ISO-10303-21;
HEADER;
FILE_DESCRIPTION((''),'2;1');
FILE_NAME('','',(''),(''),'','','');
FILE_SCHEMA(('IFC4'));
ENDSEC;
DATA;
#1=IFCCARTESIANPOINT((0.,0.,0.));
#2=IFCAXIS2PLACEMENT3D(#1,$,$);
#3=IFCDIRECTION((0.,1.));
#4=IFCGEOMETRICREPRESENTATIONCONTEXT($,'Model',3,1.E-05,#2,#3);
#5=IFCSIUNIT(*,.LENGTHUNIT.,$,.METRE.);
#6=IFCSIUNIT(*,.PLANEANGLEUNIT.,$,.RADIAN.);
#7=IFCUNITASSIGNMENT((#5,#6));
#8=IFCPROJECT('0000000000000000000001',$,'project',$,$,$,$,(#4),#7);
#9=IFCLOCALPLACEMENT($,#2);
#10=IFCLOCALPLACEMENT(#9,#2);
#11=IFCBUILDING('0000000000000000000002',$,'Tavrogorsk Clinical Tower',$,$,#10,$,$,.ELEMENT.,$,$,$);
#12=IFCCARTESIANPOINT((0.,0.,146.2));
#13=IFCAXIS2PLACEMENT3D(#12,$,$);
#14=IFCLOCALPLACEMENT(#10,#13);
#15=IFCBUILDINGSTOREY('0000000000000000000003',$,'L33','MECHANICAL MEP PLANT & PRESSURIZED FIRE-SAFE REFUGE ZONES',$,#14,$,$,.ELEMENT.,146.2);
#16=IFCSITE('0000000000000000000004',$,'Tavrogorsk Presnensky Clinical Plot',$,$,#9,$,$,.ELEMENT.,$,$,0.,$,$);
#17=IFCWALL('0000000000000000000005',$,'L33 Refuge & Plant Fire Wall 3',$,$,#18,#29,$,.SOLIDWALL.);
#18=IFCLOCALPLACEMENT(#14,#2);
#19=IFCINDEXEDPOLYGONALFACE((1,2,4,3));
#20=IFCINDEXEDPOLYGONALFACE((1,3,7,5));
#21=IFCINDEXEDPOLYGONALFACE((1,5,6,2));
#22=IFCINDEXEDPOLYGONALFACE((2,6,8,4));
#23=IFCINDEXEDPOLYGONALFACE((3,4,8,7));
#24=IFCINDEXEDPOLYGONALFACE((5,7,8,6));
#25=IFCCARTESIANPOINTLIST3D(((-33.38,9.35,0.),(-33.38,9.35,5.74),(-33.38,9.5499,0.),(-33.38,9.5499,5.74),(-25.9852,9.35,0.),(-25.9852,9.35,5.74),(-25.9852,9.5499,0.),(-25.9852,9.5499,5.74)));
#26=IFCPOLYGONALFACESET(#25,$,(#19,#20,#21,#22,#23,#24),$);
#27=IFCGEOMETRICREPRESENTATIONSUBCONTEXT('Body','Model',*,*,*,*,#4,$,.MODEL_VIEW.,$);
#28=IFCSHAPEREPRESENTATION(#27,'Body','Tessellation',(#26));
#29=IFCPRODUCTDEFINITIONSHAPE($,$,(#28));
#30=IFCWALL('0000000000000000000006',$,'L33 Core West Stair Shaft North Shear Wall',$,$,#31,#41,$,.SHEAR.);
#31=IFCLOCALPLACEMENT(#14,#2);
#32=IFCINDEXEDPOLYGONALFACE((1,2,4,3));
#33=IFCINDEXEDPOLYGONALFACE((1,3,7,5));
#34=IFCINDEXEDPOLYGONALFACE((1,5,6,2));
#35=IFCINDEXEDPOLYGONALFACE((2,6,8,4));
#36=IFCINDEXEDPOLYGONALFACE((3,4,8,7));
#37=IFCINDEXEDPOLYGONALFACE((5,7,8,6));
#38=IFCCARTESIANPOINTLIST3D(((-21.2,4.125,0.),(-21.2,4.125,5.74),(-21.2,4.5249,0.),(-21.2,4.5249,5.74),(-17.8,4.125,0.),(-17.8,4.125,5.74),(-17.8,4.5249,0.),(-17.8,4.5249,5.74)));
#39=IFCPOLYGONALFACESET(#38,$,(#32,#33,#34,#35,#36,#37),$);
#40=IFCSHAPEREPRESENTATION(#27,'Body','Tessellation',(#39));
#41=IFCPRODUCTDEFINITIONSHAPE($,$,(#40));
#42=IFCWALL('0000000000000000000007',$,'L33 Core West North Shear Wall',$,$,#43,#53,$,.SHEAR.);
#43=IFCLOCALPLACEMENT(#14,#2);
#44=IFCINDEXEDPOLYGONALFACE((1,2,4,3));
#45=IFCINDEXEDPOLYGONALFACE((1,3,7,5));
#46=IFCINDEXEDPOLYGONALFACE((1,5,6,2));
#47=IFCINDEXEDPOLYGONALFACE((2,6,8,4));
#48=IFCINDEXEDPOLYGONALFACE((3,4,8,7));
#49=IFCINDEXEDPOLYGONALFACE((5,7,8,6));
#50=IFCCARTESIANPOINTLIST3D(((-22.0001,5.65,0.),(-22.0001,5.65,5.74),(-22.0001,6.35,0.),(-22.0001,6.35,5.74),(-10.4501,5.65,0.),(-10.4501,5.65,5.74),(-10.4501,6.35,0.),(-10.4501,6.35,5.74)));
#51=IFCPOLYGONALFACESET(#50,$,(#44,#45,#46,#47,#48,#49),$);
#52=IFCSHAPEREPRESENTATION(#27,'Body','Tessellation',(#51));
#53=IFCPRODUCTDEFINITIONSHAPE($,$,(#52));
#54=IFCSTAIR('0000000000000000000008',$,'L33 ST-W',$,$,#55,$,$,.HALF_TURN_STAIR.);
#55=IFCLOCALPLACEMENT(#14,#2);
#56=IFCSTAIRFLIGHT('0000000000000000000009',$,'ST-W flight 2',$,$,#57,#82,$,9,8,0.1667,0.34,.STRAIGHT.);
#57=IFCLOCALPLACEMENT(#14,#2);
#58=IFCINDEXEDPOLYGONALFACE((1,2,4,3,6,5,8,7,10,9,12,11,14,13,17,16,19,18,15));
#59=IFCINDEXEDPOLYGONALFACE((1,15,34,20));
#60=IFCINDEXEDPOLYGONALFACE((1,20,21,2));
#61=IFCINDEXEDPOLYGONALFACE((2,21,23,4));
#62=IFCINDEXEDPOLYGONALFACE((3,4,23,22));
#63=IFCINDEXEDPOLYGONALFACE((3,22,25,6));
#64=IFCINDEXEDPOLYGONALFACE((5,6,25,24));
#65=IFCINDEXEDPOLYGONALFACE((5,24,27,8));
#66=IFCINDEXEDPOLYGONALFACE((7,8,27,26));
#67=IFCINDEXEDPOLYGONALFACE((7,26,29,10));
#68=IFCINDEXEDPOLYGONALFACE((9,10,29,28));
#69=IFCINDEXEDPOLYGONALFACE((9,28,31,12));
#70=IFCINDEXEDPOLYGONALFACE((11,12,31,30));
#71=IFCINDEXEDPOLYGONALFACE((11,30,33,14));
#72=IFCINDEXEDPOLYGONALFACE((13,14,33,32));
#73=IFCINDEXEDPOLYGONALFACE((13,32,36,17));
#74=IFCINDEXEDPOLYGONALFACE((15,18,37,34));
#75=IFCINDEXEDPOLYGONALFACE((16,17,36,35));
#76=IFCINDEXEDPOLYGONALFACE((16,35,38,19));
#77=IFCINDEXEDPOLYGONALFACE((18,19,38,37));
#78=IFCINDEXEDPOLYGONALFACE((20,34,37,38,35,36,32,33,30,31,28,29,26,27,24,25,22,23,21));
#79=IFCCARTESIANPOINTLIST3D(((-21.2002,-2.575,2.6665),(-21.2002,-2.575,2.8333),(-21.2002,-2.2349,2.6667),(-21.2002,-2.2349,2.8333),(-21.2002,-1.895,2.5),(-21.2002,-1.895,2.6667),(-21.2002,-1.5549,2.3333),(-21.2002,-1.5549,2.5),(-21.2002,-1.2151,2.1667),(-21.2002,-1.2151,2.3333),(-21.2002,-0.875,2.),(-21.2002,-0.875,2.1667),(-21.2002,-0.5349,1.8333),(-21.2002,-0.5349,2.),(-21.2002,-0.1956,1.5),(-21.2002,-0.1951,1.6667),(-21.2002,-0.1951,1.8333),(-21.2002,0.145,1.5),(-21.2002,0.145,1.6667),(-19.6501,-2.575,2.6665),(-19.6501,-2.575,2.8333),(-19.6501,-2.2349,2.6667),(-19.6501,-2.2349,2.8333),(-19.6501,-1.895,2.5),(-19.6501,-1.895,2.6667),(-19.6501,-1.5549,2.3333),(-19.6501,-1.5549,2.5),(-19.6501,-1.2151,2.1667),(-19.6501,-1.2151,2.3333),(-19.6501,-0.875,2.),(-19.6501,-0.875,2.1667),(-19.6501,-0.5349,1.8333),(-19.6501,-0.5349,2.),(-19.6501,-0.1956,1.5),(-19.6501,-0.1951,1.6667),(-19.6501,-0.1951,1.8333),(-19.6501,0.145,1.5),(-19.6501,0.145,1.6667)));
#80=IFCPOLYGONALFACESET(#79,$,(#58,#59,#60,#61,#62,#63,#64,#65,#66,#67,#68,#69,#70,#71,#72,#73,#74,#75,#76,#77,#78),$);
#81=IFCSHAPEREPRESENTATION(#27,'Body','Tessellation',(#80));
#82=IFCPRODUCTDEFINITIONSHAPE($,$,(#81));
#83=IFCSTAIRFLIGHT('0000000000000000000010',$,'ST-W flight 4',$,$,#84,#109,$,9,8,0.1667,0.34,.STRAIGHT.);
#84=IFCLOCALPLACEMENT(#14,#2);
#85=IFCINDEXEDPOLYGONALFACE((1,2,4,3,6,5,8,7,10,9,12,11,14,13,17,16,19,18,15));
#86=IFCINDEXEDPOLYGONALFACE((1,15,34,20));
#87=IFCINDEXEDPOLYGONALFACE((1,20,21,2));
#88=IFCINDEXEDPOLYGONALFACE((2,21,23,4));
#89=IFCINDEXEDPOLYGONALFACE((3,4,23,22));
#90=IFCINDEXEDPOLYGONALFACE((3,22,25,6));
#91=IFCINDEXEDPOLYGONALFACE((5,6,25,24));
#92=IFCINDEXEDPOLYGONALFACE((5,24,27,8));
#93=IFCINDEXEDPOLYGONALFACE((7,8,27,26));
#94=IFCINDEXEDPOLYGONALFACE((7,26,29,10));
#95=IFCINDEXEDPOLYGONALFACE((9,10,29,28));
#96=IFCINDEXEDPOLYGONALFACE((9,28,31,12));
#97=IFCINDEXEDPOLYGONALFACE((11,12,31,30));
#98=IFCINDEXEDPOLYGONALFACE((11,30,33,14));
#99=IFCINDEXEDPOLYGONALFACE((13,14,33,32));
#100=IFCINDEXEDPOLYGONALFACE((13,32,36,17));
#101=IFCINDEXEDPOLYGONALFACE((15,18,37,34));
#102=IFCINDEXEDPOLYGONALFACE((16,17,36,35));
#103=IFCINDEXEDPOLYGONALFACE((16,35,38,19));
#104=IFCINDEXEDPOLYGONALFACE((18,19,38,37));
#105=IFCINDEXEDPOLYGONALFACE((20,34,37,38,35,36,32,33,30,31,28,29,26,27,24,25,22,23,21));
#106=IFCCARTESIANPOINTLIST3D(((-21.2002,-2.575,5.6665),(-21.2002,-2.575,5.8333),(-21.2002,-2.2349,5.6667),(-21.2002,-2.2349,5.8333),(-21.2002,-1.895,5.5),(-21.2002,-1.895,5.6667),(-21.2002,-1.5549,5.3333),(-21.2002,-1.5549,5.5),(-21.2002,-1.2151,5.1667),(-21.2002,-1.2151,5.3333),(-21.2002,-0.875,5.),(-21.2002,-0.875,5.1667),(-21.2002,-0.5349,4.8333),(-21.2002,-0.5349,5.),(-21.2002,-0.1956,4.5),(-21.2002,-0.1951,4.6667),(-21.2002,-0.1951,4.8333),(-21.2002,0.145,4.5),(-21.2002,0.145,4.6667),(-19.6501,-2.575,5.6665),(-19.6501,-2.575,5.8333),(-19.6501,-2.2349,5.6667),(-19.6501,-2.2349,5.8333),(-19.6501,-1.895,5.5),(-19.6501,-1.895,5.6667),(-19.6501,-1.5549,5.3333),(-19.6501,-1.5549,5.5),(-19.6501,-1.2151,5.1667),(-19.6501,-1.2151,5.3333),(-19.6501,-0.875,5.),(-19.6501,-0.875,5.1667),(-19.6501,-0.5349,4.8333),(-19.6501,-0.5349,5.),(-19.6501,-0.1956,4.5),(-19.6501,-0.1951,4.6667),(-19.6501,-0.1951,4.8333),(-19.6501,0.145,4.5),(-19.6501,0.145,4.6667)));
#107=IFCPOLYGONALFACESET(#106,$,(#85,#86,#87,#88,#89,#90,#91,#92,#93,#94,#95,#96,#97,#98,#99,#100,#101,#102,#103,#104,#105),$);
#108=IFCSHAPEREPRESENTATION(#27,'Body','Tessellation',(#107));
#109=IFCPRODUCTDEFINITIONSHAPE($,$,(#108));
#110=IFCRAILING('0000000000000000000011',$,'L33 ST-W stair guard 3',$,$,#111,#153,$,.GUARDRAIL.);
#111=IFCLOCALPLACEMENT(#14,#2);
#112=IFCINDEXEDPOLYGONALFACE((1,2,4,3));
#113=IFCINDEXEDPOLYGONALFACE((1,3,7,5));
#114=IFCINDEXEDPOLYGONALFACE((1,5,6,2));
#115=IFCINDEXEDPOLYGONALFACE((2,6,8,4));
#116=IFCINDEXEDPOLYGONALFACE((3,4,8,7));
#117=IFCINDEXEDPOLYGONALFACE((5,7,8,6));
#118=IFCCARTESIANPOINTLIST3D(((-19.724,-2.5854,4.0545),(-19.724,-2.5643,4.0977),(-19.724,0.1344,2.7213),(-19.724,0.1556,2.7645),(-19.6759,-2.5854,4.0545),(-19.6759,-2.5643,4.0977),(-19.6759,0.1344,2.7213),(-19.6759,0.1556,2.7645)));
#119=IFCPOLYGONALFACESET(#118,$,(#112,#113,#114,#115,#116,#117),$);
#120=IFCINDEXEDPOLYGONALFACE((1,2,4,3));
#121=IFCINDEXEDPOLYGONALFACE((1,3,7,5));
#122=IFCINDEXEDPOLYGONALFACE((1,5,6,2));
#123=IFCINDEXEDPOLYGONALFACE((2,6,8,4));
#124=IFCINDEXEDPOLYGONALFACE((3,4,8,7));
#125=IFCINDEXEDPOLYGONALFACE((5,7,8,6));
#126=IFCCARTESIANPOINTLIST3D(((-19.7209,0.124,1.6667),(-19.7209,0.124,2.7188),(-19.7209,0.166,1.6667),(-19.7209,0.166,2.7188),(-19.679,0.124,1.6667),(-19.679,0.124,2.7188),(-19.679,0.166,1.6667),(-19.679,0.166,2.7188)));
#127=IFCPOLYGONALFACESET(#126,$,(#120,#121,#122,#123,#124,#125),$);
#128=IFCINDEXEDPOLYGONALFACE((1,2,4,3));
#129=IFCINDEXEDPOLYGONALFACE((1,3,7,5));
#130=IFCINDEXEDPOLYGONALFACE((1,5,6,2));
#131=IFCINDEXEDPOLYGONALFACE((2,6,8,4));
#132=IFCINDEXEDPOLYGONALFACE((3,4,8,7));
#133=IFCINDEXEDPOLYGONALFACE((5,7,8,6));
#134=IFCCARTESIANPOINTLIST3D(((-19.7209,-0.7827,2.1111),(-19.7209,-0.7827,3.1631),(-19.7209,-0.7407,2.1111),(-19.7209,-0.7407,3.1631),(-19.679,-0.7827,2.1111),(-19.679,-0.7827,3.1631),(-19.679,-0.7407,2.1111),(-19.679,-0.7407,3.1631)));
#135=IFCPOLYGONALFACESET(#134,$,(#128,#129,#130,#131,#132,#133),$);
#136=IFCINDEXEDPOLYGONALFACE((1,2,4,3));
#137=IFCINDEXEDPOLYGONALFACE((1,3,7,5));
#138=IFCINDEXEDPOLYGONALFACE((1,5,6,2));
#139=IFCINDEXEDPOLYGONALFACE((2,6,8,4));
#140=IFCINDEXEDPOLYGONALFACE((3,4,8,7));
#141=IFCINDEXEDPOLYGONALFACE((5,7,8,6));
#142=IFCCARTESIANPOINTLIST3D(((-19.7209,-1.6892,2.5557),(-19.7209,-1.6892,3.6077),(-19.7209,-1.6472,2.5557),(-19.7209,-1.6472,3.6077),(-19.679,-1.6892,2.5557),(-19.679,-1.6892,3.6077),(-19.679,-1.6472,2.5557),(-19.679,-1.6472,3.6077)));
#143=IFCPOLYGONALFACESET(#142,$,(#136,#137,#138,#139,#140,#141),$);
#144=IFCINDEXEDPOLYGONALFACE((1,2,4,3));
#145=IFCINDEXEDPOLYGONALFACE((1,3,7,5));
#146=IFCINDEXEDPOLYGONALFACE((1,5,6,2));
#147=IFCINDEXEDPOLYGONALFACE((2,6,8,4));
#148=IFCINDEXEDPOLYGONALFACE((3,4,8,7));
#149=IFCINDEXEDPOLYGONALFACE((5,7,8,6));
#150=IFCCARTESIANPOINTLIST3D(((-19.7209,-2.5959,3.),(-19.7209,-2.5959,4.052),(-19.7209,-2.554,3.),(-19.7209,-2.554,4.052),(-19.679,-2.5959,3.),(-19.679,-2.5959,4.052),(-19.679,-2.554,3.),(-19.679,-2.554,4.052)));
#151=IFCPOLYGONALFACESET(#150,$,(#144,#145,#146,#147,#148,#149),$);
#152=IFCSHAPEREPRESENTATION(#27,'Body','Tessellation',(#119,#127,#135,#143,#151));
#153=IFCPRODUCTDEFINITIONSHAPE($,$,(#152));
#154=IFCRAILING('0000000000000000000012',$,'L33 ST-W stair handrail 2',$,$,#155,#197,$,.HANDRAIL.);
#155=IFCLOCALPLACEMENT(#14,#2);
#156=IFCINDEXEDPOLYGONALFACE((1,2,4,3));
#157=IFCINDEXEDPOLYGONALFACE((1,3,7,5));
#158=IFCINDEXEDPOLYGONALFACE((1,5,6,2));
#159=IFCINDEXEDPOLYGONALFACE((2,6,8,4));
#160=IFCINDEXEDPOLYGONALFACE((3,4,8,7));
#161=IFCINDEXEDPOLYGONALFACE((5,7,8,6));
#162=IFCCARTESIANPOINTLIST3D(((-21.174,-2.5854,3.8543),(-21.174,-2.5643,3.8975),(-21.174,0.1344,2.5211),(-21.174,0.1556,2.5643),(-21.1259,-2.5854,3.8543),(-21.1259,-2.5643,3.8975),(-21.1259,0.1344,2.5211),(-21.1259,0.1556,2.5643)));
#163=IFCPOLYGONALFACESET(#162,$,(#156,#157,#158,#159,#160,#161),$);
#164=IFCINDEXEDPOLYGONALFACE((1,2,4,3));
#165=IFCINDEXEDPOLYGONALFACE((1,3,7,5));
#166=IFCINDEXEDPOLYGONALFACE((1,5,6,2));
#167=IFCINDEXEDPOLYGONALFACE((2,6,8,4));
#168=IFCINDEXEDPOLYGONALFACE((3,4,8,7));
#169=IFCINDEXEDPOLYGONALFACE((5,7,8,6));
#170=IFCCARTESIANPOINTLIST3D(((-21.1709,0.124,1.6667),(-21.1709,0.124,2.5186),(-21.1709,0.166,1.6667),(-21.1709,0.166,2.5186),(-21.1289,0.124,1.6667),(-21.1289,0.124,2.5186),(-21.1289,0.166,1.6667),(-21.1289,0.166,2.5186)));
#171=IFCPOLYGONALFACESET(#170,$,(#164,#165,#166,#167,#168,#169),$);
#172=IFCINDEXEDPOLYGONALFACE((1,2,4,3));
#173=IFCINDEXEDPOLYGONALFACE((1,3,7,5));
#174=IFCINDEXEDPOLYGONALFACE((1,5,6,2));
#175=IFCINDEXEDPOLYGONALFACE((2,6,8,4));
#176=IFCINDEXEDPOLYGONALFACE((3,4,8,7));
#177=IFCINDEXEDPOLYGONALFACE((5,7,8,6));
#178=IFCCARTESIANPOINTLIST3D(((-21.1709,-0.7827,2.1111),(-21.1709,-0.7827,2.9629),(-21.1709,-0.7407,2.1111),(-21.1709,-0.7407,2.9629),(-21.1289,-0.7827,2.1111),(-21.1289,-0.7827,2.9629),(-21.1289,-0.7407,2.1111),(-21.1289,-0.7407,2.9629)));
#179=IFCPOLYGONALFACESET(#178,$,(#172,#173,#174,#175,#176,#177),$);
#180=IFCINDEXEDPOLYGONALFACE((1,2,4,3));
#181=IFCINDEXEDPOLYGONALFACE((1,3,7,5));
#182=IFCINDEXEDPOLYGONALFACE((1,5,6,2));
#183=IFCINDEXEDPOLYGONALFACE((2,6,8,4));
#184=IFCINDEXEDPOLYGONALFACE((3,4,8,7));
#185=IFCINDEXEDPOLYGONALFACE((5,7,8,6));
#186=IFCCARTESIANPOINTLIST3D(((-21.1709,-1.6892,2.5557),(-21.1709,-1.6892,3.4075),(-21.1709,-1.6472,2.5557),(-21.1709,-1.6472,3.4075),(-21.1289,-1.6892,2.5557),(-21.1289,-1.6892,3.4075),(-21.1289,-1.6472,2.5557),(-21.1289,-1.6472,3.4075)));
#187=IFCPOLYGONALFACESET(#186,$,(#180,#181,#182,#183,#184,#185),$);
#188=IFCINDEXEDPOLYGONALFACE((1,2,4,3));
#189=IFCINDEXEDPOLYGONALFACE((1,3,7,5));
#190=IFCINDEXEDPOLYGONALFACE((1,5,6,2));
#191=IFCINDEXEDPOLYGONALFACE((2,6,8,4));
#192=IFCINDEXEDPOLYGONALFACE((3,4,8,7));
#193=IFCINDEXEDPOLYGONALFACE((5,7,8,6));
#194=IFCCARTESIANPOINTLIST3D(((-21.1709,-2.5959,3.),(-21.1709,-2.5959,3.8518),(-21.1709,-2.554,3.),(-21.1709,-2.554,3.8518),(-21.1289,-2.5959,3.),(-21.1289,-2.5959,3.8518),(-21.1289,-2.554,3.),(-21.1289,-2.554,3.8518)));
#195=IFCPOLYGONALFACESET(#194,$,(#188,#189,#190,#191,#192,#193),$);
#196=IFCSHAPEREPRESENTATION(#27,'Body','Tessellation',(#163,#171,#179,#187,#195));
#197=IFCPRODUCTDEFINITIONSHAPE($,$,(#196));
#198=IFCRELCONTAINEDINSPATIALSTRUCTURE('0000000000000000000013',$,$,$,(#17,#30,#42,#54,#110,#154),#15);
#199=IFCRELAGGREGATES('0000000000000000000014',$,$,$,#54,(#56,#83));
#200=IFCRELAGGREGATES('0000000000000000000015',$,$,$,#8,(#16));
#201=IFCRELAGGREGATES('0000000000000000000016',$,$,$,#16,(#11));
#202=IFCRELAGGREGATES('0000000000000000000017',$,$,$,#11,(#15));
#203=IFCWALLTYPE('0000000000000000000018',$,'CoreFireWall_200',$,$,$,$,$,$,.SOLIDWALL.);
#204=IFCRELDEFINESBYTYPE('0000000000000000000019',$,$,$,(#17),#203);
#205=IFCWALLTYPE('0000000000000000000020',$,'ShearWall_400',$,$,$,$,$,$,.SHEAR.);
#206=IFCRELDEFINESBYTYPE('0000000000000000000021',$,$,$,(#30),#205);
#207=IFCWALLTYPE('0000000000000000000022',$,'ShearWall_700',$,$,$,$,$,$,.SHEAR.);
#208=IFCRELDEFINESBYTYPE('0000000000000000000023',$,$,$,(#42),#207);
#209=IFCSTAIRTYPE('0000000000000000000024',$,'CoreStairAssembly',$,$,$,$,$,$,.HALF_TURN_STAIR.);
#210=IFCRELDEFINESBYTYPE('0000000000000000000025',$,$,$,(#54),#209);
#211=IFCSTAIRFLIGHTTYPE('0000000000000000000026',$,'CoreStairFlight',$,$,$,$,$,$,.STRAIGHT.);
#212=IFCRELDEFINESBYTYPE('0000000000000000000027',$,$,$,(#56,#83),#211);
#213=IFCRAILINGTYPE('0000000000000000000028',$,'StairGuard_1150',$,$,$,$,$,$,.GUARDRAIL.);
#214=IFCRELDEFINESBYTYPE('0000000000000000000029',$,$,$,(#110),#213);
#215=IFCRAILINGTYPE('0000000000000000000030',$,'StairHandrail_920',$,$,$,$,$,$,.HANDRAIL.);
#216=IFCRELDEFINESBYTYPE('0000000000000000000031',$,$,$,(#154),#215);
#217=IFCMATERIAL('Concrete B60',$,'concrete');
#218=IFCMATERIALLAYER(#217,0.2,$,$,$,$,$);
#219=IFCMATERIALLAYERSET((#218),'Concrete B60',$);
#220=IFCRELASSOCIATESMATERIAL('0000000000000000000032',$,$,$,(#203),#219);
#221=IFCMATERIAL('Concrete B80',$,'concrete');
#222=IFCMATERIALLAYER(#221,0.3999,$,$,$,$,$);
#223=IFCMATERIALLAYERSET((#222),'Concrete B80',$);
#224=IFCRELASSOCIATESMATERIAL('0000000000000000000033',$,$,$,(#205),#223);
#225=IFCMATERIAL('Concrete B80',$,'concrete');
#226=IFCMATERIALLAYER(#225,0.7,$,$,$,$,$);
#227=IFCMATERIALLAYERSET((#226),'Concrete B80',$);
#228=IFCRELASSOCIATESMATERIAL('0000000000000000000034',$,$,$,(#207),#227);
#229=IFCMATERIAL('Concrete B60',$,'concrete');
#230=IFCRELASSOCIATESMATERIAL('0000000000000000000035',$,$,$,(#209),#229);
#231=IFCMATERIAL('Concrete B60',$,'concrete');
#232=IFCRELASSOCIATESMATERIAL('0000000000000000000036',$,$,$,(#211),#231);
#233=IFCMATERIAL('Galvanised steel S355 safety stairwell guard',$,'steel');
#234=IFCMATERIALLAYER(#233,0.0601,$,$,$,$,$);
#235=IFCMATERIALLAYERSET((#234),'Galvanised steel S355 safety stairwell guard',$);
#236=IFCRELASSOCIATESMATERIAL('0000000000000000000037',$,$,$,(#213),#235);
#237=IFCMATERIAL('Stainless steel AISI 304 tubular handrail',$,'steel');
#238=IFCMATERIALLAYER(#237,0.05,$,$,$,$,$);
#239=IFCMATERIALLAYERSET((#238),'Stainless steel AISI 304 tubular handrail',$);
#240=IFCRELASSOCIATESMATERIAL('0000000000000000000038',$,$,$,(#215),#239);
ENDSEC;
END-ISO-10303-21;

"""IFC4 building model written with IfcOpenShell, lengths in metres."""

from ifc_helpers import new_model, si_unit, direction, frame, frame_2d, origin, origin_2d, place, context, subcontext, project, spatial, polyline, rectangle, outline, extrude, material, layer, layer_set, type_object, element, aggregate, save


model = new_model("IFC4")

# Units and contexts
model_context = context("Model", 3, precision=1e-05, world=origin(), true_north=direction((0.0, 1.0)))
body_context = subcontext(model_context, "Body", "Model", "MODEL_VIEW")
ifc_project = project(units=[si_unit("LENGTHUNIT", "METRE"), si_unit("PLANEANGLEUNIT", "RADIAN")], contexts=[model_context])

# Site, building, storey
site_placement = place(None, origin())
site = spatial("IfcSite", under=ifc_project, at=site_placement, Name="Tavrogorsk Presnensky Clinical Plot", CompositionType="ELEMENT", RefElevation=0.0)
building_placement = place(site_placement, origin())
building = spatial("IfcBuilding", under=site, at=building_placement, Name="Tavrogorsk Clinical Tower", CompositionType="ELEMENT")
storey_placement = place(building_placement, frame((0.0, 0.0, 146.2)))
storey = spatial("IfcBuildingStorey", under=building, at=storey_placement, Name="L33", Description="MECHANICAL MEP PLANT & PRESSURIZED FIRE-SAFE REFUGE ZONES", CompositionType="ELEMENT", Elevation=146.2)

# Shared definitions
ifc_material_1 = material(Name="Concrete B60", Category="concrete")
ifc_layer_1 = layer(ifc_material_1, 0.2)
ifc_layer_set_1 = layer_set([ifc_layer_1], Name="Concrete B60")
wall_type_1 = type_object("IfcWallType", Name="CoreFireWall_200", PredefinedType="SOLIDWALL", material=ifc_layer_set_1)

# Walls
wall_1_placement = place(storey_placement, frame((-33.3799, 9.45, 0.0), z_axis=(0.0, 0.0, 1.0), x_axis=(1.0, 0.0, 0.0)))
element("IfcWall", 1, at=wall_1_placement, inside=storey, type_object=wall_type_1, Name="L33 Refuge & Plant Fire Wall 3", PredefinedType="SOLIDWALL", context=body_context, shape_type="SweptSolid", body=[
    extrude(rectangle(XDim=7.3948, YDim=0.2, at=frame_2d((3.6973, 0.0))), origin(), (0.0, 0.0, 1.0), 5.74),
])
ifc_material_2 = material(Name="Concrete B80", Category="concrete")
ifc_layer_2 = layer(ifc_material_2, 0.3999)
ifc_layer_set_2 = layer_set([ifc_layer_2], Name="Concrete B80")
wall_type_2 = type_object("IfcWallType", Name="ShearWall_400", PredefinedType="SHEAR", material=ifc_layer_set_2)
wall_2_placement = place(storey_placement, frame((-21.2, 4.325, 0.0), z_axis=(0.0, 0.0, 1.0), x_axis=(1.0, 0.0, 0.0)))
element("IfcWall", 2, at=wall_2_placement, inside=storey, type_object=wall_type_2, Name="L33 Core West Stair Shaft North Shear Wall", PredefinedType="SHEAR", context=body_context, shape_type="SweptSolid", body=[
    extrude(rectangle(XDim=3.3999, YDim=0.3999, at=frame_2d((1.7, 0.0))), origin(), (0.0, 0.0, 1.0), 5.74),
])
ifc_material_3 = material(Name="Concrete B80", Category="concrete")
ifc_layer_3 = layer(ifc_material_3, 0.7)
ifc_layer_set_3 = layer_set([ifc_layer_3], Name="Concrete B80")
wall_type_3 = type_object("IfcWallType", Name="ShearWall_700", PredefinedType="SHEAR", material=ifc_layer_set_3)
wall_3_placement = place(storey_placement, frame((-22.0, 6.0, 0.0), z_axis=(0.0, 0.0, 1.0), x_axis=(1.0, 0.0, 0.0)))
element("IfcWall", 3, at=wall_3_placement, inside=storey, type_object=wall_type_3, Name="L33 Core West North Shear Wall", PredefinedType="SHEAR", context=body_context, shape_type="SweptSolid", body=[
    extrude(rectangle(XDim=11.55, YDim=0.7, at=frame_2d((5.7749, 0.0))), origin(), (0.0, 0.0, 1.0), 5.74),
])

# Stair, stair flights
ifc_material_4 = material(Name="Concrete B60", Category="concrete")
stair_type = type_object("IfcStairType", Name="CoreStairAssembly", PredefinedType="HALF_TURN_STAIR", material=ifc_material_4)
stair_placement = place(storey_placement, origin())
stair = element("IfcStair", 4, at=stair_placement, inside=storey, type_object=stair_type, Name="L33 ST-W", PredefinedType="HALF_TURN_STAIR")
ifc_material_5 = material(Name="Concrete B60", Category="concrete")
stair_flight_type = type_object("IfcStairFlightType", Name="CoreStairFlight", PredefinedType="STRAIGHT", material=ifc_material_5)
stair_flight_1_placement = place(storey_placement, frame((-20.425, 0.145, 1.5), z_axis=(0.0, 0.0, 1.0), x_axis=(0.0, -1.0, 0.0)))
stair_flight_1 = element("IfcStairFlight", 5, at=stair_flight_1_placement, type_object=stair_flight_type, Name="ST-W flight 2", NumberOfRisers=9, NumberOfTreads=8, PredefinedType="STRAIGHT", RiserHeight=0.1667, TreadLength=0.34, context=body_context, shape_type="SweptSolid", body=[
    extrude(outline(polyline([(0.0, 0.0), (0.0, 0.1667), (0.3401, 0.1667), (0.3401, 0.3333), (0.6799, 0.3333), (0.6799, 0.5), (1.02, 0.5), (1.02, 0.6667), (1.3601, 0.6667), (1.3601, 0.8333), (1.7, 0.8333), (1.7, 1.0), (2.04, 1.0), (2.04, 1.1667), (2.3799, 1.1667), (2.3799, 1.3333), (2.72, 1.3333), (2.72, 1.5), (2.72, 1.1665), (0.3406, 0.0), (0.0, 0.0)])), frame((0.0, 0.7749, 0.0), z_axis=(0.0, -1.0, 0.0), x_axis=(1.0, 0.0, 0.0)), (0.0, 0.0, 1.0), 1.55),
])
stair_flight_2_placement = place(storey_placement, frame((-20.425, 0.145, 4.5), z_axis=(0.0, 0.0, 1.0), x_axis=(0.0, -1.0, 0.0)))
stair_flight_2 = element("IfcStairFlight", 6, at=stair_flight_2_placement, type_object=stair_flight_type, Name="ST-W flight 4", NumberOfRisers=9, NumberOfTreads=8, PredefinedType="STRAIGHT", RiserHeight=0.1667, TreadLength=0.34, context=body_context, shape_type="SweptSolid", body=[
    extrude(outline(polyline([(0.0, 0.0), (0.0, 0.1667), (0.3401, 0.1667), (0.3401, 0.3333), (0.6799, 0.3333), (0.6799, 0.5), (1.02, 0.5), (1.02, 0.6667), (1.3601, 0.6667), (1.3601, 0.8333), (1.7, 0.8333), (1.7, 1.0), (2.04, 1.0), (2.04, 1.1667), (2.3799, 1.1667), (2.3799, 1.3333), (2.72, 1.3333), (2.72, 1.5), (2.72, 1.1665), (0.3406, 0.0), (0.0, 0.0)])), frame((0.0, 0.7749, 0.0), z_axis=(0.0, -1.0, 0.0), x_axis=(1.0, 0.0, 0.0)), (0.0, 0.0, 1.0), 1.55),
])
aggregate(stair, [stair_flight_1, stair_flight_2])

# Railings
ifc_material_6 = material(Name="Galvanised steel S355 safety stairwell guard", Category="steel")
ifc_layer_4 = layer(ifc_material_6, 0.0601)
ifc_layer_set_4 = layer_set([ifc_layer_4], Name="Galvanised steel S355 safety stairwell guard")
railing_type_1 = type_object("IfcRailingType", Name="StairGuard_1150", PredefinedType="GUARDRAIL", material=ifc_layer_set_4)
railing_placement = place(storey_placement, frame((-19.7, 0.145, 1.6667)))
element("IfcRailing", 7, at=railing_placement, inside=storey, type_object=railing_type_1, Name="L33 ST-W stair guard 3", PredefinedType="GUARDRAIL", context=body_context, shape_type="SweptSolid", body=[
    extrude(rectangle(XDim=0.0481, YDim=0.0481, at=origin_2d()), frame((0.0, 0.0, 1.0762), z_axis=(0.0, -0.897929, 0.440139), x_axis=(1.0, 0.0, 0.0)), (0.0, 0.0, 1.0), 3.0291),
    extrude(rectangle(XDim=0.042, YDim=0.042, at=origin_2d()), origin(), (0.0, 0.0, 1.0), 1.052),
    extrude(rectangle(XDim=0.042, YDim=0.042, at=origin_2d()), frame((0.0, -0.9067, 0.4443)), (0.0, 0.0, 1.0), 1.052),
    extrude(rectangle(XDim=0.042, YDim=0.042, at=origin_2d()), frame((0.0, -1.8132, 0.8889)), (0.0, 0.0, 1.0), 1.052),
    extrude(rectangle(XDim=0.042, YDim=0.042, at=origin_2d()), frame((0.0, -2.72, 1.3333)), (0.0, 0.0, 1.0), 1.052),
])
ifc_material_7 = material(Name="Stainless steel AISI 304 tubular handrail", Category="steel")
ifc_layer_5 = layer(ifc_material_7, 0.05)
ifc_layer_set_5 = layer_set([ifc_layer_5], Name="Stainless steel AISI 304 tubular handrail")
railing_type_2 = type_object("IfcRailingType", Name="StairHandrail_920", PredefinedType="HANDRAIL", material=ifc_layer_set_5)
for number, where, name in (
    (8, (-21.1499, 0.145, 1.6667), "L33 ST-W stair handrail 2"),
):
    element("IfcRailing", number, at=place(storey_placement, frame(where)), inside=storey, type_object=railing_type_2, Name=name, PredefinedType="HANDRAIL", context=body_context, shape_type="SweptSolid", body=[
        extrude(rectangle(XDim=0.0481, YDim=0.0481, at=origin_2d()), frame((0.0, 0.0, 0.876), z_axis=(0.0, -0.897929, 0.440139), x_axis=(1.0, 0.0, 0.0)), (0.0, 0.0, 1.0), 3.0291),
        extrude(rectangle(XDim=0.042, YDim=0.042, at=origin_2d()), origin(), (0.0, 0.0, 1.0), 0.8518),
        extrude(rectangle(XDim=0.042, YDim=0.042, at=origin_2d()), frame((0.0, -0.9067, 0.4443)), (0.0, 0.0, 1.0), 0.8518),
        extrude(rectangle(XDim=0.042, YDim=0.042, at=origin_2d()), frame((0.0, -1.8132, 0.8889)), (0.0, 0.0, 1.0), 0.8518),
        extrude(rectangle(XDim=0.042, YDim=0.042, at=origin_2d()), frame((0.0, -2.72, 1.3333)), (0.0, 0.0, 1.0), 0.8518),
    ])

save(model, "model.ifc")
